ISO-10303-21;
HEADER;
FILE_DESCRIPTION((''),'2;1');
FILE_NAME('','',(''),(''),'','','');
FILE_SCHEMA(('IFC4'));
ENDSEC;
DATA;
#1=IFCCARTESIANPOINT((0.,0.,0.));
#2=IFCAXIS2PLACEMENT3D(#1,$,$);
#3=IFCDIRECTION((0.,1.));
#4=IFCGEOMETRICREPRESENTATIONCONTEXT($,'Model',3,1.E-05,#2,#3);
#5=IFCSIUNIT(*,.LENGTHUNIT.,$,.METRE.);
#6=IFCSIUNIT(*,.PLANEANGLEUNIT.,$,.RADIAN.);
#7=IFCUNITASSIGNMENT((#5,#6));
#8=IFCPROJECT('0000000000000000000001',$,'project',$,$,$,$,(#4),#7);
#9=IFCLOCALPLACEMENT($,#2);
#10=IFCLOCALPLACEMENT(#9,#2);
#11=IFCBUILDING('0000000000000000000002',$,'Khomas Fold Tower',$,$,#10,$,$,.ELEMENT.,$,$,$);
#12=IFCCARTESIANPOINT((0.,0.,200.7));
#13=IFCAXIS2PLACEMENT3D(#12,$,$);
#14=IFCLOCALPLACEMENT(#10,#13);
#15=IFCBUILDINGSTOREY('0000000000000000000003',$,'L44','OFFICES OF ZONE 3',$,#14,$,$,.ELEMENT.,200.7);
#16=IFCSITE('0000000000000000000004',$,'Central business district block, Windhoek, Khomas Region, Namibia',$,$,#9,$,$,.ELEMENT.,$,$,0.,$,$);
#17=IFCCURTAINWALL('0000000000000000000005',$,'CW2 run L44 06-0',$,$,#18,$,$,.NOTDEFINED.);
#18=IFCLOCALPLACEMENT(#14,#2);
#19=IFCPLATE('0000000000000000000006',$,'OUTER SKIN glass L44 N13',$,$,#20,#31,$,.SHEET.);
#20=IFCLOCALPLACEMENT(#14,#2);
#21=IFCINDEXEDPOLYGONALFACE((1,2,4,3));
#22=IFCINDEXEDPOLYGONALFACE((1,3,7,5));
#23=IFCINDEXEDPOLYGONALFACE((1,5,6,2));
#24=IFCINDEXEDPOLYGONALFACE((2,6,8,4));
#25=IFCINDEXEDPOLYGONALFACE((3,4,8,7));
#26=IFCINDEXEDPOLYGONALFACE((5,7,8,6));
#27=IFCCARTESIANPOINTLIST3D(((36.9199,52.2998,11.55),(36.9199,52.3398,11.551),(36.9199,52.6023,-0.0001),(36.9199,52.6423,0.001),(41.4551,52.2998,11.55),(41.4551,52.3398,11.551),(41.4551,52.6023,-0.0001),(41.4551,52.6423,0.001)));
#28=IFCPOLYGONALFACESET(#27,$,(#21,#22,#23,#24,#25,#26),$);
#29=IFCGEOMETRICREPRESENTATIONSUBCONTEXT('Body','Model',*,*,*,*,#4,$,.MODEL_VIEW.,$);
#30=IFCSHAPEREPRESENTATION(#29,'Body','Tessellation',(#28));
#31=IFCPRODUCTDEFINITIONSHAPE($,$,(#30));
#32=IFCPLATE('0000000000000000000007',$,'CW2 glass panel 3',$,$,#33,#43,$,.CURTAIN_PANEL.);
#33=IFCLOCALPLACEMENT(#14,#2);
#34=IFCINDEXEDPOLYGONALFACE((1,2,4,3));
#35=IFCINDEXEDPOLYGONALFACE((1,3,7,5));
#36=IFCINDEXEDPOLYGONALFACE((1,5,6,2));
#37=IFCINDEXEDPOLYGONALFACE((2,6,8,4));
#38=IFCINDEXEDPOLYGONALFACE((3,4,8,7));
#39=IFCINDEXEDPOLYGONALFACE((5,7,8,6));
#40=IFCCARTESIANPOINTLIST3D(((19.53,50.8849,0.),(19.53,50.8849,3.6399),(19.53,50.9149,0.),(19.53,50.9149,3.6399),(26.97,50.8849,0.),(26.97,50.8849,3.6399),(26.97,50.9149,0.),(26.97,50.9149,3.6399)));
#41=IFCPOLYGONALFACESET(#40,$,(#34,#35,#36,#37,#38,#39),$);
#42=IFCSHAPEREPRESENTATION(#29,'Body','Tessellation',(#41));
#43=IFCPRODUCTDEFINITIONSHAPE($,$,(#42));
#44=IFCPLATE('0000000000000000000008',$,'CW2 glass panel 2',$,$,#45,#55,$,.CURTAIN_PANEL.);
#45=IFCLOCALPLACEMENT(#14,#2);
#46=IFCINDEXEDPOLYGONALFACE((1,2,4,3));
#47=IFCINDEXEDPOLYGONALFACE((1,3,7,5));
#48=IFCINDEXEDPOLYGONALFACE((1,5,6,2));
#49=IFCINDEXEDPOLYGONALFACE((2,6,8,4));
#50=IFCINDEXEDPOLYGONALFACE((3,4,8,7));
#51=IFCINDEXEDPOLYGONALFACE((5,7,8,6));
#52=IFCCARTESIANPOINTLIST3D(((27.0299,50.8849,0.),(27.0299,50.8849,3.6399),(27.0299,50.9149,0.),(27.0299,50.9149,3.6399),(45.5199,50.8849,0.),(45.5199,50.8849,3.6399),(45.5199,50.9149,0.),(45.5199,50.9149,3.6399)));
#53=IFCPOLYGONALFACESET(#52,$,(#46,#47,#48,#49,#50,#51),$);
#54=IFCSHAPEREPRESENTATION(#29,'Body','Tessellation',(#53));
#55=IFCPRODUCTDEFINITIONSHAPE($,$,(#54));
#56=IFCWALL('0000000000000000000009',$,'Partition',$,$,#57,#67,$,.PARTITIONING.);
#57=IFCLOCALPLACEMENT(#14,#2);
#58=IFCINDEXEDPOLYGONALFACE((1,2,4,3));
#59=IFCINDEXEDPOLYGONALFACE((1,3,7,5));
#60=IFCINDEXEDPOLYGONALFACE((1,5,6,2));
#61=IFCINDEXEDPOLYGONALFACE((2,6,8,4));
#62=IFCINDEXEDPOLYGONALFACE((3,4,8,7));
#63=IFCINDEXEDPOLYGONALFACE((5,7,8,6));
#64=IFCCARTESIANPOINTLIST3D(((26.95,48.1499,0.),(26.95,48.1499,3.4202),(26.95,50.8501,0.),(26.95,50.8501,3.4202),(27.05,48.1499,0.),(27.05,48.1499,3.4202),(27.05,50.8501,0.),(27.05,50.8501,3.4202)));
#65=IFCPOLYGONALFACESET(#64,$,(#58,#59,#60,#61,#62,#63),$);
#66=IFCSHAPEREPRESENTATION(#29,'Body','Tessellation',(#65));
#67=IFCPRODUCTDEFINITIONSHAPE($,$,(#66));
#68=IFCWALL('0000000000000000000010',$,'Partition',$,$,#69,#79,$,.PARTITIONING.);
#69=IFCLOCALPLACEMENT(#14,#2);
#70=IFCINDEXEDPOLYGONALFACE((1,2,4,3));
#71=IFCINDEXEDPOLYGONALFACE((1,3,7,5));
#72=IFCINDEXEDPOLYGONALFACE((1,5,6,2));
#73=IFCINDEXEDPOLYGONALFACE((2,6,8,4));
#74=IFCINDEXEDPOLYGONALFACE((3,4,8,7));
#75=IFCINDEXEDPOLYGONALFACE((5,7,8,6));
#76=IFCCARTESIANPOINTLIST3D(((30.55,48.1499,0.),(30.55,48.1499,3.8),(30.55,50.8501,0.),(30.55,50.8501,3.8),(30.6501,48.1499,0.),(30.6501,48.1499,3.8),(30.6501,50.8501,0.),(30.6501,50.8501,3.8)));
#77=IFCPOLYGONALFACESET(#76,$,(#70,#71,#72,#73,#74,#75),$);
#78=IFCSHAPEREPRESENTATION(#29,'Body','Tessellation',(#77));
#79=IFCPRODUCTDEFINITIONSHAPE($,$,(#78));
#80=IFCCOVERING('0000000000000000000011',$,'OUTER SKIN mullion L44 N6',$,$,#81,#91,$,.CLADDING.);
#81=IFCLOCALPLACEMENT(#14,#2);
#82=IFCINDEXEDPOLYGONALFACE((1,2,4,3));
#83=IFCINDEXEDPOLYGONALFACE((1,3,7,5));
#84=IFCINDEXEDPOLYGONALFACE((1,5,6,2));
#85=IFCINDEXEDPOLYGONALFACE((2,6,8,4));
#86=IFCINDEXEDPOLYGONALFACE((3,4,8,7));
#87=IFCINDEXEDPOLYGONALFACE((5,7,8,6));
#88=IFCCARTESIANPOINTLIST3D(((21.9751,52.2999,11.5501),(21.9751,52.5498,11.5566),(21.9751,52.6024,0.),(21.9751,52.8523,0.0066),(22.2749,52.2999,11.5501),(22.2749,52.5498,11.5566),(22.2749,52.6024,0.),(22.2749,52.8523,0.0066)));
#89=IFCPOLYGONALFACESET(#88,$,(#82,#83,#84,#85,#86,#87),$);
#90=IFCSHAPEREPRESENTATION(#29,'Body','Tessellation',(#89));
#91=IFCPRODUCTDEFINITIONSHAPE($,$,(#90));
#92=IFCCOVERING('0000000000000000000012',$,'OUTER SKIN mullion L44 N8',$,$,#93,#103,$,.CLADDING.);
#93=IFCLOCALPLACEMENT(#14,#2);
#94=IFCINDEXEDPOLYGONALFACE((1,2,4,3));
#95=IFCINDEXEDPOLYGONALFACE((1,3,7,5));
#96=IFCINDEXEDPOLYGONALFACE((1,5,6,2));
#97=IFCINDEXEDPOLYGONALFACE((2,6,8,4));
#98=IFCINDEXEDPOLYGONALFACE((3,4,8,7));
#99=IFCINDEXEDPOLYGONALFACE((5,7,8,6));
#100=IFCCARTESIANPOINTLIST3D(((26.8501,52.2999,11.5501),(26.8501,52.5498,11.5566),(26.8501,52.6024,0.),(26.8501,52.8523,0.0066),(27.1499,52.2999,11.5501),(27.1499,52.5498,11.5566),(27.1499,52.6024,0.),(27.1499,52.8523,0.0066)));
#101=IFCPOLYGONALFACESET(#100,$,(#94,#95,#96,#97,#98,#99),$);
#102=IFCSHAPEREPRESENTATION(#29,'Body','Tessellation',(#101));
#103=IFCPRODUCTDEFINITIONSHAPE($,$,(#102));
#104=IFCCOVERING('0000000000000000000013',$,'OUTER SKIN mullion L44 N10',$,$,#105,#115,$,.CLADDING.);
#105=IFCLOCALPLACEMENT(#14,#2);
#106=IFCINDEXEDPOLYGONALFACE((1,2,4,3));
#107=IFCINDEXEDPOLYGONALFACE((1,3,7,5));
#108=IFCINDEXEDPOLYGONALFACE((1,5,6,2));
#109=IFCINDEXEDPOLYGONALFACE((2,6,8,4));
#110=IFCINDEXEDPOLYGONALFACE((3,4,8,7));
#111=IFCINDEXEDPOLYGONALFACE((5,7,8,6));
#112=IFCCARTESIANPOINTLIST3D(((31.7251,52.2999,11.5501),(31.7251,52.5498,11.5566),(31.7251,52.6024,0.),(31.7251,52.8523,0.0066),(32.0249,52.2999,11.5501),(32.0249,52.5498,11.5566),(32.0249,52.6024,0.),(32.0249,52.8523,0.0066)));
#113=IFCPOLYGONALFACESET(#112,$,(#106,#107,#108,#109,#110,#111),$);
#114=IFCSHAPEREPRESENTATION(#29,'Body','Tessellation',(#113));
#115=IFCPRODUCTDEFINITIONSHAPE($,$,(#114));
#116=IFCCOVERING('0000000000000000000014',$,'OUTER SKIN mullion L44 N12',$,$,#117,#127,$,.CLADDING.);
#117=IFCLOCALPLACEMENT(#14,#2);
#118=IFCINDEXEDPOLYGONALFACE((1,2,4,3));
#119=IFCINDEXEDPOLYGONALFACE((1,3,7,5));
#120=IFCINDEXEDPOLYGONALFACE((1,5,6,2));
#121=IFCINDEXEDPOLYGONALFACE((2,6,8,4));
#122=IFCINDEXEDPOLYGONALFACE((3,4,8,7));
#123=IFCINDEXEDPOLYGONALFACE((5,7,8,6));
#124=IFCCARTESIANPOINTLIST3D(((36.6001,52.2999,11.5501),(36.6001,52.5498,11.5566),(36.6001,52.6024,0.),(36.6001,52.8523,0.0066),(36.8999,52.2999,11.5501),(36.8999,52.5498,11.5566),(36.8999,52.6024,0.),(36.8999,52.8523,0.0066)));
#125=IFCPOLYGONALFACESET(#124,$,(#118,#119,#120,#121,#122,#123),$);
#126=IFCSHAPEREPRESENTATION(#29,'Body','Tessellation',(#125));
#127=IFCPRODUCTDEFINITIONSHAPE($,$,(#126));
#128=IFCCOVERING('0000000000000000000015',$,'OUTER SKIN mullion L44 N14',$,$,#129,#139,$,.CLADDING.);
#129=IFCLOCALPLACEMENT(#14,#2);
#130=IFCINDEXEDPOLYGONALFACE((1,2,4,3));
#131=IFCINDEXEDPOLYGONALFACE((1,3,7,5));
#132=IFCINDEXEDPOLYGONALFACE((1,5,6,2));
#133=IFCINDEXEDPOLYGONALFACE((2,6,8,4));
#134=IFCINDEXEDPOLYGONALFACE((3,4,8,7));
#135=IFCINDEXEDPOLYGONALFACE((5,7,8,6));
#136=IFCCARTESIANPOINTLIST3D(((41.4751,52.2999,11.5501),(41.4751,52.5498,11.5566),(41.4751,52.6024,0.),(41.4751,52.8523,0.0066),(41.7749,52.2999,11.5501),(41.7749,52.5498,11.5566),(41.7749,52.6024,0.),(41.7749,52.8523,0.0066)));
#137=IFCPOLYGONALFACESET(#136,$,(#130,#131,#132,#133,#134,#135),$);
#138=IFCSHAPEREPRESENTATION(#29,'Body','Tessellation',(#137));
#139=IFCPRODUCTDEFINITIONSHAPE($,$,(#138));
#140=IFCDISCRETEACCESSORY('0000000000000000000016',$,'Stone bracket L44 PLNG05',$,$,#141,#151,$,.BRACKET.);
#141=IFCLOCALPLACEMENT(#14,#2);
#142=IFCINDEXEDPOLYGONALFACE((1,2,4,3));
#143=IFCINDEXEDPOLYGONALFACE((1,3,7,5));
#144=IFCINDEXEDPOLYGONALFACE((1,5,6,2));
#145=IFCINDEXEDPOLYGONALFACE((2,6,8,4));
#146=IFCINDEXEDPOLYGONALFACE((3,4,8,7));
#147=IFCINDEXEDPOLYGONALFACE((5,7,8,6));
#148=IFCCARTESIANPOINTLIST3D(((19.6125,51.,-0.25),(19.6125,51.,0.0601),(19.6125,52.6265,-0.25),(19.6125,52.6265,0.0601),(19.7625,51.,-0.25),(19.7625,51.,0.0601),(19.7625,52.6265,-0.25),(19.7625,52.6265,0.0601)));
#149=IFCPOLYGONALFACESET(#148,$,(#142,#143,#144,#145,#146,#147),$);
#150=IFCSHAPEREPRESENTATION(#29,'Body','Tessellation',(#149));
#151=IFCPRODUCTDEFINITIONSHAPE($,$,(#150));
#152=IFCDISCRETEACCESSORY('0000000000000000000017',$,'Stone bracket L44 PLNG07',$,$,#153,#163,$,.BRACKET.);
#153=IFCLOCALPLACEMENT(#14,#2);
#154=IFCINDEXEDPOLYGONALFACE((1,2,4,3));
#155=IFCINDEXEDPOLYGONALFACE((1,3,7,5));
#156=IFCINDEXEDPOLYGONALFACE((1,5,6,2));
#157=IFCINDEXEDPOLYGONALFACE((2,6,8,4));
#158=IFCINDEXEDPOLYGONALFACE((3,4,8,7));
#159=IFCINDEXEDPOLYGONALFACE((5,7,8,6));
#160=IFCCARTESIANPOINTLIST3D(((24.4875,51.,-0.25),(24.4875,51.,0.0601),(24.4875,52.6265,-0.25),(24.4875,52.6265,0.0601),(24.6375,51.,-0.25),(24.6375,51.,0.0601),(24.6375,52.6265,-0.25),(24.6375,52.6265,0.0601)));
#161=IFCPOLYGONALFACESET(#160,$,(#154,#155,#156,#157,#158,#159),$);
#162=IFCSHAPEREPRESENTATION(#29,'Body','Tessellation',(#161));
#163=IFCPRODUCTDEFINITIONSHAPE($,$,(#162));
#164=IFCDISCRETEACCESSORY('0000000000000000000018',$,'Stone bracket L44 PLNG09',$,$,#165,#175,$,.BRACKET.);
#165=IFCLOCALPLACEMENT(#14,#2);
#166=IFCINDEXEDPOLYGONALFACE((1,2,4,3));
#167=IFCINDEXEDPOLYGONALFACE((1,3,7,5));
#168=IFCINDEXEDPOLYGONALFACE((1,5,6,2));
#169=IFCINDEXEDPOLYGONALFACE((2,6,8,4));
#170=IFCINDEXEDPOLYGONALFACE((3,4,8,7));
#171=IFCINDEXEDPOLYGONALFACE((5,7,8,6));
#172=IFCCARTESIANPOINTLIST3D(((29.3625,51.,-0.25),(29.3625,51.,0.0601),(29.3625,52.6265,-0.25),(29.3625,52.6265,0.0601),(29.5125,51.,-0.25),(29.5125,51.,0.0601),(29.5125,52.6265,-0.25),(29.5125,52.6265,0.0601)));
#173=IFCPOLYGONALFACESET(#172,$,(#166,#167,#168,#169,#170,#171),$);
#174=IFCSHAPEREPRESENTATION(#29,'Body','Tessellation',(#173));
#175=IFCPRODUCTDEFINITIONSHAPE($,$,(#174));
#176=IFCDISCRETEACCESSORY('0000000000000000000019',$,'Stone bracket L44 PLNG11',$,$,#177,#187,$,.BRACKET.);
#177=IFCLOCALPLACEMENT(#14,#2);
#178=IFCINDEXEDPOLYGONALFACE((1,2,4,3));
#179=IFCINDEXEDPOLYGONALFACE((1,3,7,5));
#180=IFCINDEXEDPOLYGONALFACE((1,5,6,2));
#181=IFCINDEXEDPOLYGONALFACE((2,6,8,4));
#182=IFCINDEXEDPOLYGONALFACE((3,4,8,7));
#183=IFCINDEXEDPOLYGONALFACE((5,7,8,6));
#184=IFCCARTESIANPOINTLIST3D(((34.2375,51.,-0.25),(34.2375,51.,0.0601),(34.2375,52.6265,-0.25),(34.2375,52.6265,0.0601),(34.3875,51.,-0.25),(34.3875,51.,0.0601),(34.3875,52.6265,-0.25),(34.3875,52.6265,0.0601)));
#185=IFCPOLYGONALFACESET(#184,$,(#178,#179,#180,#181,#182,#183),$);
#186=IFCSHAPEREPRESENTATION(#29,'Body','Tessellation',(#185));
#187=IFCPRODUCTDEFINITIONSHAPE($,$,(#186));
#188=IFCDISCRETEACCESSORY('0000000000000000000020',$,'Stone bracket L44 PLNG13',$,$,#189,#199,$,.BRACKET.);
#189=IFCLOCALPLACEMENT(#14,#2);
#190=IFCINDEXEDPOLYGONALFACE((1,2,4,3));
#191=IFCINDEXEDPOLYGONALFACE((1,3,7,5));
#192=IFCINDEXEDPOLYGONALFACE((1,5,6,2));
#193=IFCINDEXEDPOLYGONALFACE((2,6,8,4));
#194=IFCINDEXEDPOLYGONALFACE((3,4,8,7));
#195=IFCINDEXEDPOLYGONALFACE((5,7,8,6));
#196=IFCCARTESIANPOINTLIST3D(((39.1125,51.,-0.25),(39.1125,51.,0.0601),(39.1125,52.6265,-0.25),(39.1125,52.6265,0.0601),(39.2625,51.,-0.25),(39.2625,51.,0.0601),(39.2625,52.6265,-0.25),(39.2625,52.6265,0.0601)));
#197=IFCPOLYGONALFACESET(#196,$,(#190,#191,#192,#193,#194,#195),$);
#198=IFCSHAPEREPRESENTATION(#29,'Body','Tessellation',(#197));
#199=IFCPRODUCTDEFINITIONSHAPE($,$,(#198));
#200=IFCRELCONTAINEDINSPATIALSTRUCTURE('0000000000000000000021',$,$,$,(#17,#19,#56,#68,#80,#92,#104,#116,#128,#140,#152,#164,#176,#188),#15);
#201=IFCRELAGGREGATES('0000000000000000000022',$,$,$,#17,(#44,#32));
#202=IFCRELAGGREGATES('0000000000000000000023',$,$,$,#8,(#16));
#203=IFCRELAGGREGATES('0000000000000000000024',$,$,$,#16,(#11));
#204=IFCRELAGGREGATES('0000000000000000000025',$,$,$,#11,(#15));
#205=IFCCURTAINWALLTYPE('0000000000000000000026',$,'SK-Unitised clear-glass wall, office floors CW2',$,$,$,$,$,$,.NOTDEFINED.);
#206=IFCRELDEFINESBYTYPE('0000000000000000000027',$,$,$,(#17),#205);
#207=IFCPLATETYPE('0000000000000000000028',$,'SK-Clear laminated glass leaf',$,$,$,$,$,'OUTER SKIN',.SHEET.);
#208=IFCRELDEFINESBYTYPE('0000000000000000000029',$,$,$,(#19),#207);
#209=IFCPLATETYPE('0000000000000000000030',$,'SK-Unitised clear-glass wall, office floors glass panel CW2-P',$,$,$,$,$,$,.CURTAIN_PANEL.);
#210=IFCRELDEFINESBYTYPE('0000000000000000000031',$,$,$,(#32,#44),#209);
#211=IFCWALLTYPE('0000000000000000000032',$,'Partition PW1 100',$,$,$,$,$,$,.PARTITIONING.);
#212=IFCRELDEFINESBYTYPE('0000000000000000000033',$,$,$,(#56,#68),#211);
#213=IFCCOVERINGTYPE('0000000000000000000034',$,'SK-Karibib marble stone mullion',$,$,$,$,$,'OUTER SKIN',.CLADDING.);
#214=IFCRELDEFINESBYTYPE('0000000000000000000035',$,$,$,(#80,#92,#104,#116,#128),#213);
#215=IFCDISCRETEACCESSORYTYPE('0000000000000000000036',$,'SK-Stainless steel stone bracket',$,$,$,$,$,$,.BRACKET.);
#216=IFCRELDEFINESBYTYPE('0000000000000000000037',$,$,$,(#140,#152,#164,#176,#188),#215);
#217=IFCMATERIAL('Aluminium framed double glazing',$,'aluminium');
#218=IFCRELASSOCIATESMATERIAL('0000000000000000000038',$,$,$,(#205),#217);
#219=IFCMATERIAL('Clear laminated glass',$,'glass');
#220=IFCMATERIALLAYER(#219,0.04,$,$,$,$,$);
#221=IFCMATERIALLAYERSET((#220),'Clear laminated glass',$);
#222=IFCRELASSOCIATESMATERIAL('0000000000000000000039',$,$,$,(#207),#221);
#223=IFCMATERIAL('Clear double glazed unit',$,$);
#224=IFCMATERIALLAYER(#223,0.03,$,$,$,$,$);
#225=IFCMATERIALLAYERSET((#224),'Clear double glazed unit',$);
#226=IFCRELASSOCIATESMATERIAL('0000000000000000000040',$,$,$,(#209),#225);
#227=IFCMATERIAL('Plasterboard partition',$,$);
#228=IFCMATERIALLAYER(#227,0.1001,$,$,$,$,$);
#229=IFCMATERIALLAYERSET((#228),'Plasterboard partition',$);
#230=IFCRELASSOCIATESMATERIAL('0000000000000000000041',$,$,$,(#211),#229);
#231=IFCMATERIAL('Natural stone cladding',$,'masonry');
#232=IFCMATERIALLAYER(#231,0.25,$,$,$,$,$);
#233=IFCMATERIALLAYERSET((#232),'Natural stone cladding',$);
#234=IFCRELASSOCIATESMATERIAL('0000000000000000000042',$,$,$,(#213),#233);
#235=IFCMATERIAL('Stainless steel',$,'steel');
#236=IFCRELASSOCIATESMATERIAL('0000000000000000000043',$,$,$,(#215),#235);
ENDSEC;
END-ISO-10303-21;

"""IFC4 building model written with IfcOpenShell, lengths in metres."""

from ifc_helpers import new_model, si_unit, direction, frame, frame_2d, origin, origin_2d, place, context, subcontext, project, spatial, polyline, rectangle, outline, extrude, source, transform, mapped, material, layer, layer_set, type_object, element, aggregate, save


model = new_model("IFC4")

# Units and contexts
model_context = context("Model", 3, precision=1e-05, world=origin(), true_north=direction((0.0, 1.0)))
body_context = subcontext(model_context, "Body", "Model", "MODEL_VIEW")
ifc_project = project(units=[si_unit("LENGTHUNIT", "METRE"), si_unit("PLANEANGLEUNIT", "RADIAN")], contexts=[model_context])

# Site, building, storey
site_placement = place(None, origin())
site = spatial("IfcSite", under=ifc_project, at=site_placement, Name="Central business district block, Windhoek, Khomas Region, Namibia", CompositionType="ELEMENT", RefElevation=0.0)
building_placement = place(site_placement, origin())
building = spatial("IfcBuilding", under=site, at=building_placement, Name="Khomas Fold Tower", CompositionType="ELEMENT")
storey_placement = place(building_placement, frame((0.0, 0.0, 200.7)))
storey = spatial("IfcBuildingStorey", under=building, at=storey_placement, Name="L44", Description="OFFICES OF ZONE 3", CompositionType="ELEMENT", Elevation=200.7)

# Curtain wall
ifc_material_1 = material(Name="Aluminium framed double glazing", Category="aluminium")
curtain_wall_type = type_object("IfcCurtainWallType", Name="SK-Unitised clear-glass wall, office floors CW2", PredefinedType="NOTDEFINED", material=ifc_material_1)
curtain_wall_placement = place(storey_placement, origin())
curtain_wall = element("IfcCurtainWall", 1, at=curtain_wall_placement, inside=storey, type_object=curtain_wall_type, Name="CW2 run L44 06-0", PredefinedType="NOTDEFINED")

# Plate
ifc_material_2 = material(Name="Clear laminated glass", Category="glass")
ifc_layer_1 = layer(ifc_material_2, 0.04)
ifc_layer_set_1 = layer_set([ifc_layer_1], Name="Clear laminated glass")
plate_type_1 = type_object("IfcPlateType", Name="SK-Clear laminated glass leaf", ElementType="OUTER SKIN", PredefinedType="SHEET", material=ifc_layer_set_1)
for number, where, z_axis, x_axis, name in (
    (2, (36.9199, 52.6423, 0.001), (0.0, 0.999657, 0.026181), (1.0, 0.0, 0.0), "OUTER SKIN glass L44 N13"),
):
    element("IfcPlate", number, at=place(storey_placement, frame(where, z_axis=z_axis, x_axis=x_axis)), inside=storey, type_object=plate_type_1, Name=name, PredefinedType="SHEET", context=body_context, shape_type="SweptSolid", body=[
        extrude(outline(polyline([(0.0, 0.0), (4.5352, 0.0), (4.5352, -11.554), (0.0, -11.554), (0.0, 0.0)])), origin(), (0.0, 0.0, -1.0), 0.04),
    ])

# Plates
ifc_material_3 = material(Name="Clear double glazed unit")
ifc_layer_2 = layer(ifc_material_3, 0.03)
ifc_layer_set_2 = layer_set([ifc_layer_2], Name="Clear double glazed unit")
plate_type_2 = type_object("IfcPlateType", Name="SK-Unitised clear-glass wall, office floors glass panel CW2-P", PredefinedType="CURTAIN_PANEL", material=ifc_layer_set_2)
shared_shape_1 = source(origin(), body_context, "Body", "SweptSolid", [
    extrude(rectangle(XDim=7.4399, YDim=0.03, at=origin_2d()), origin(), (0.0, 0.0, 1.0), 3.6399),
])
plate_1_placement = place(storey_placement, frame((23.25, 50.8999, 0.0), z_axis=(0.0, 0.0, 1.0), x_axis=(-1.0, 0.0, 0.0)))
plate_1 = element("IfcPlate", 3, at=plate_1_placement, type_object=plate_type_2, Name="CW2 glass panel 3", PredefinedType="CURTAIN_PANEL", context=body_context, shape_type="MappedRepresentation", body=[
    mapped(shared_shape_1, transform((0.0, 0.0, 0.0))),
])
shared_shape_2 = source(origin(), body_context, "Body", "SweptSolid", [
    extrude(rectangle(XDim=18.49, YDim=0.03, at=origin_2d()), origin(), (0.0, 0.0, 1.0), 3.6399),
])
plate_2_placement = place(storey_placement, frame((36.2749, 50.8999, 0.0), z_axis=(0.0, 0.0, 1.0), x_axis=(-1.0, 0.0, 0.0)))
plate_2 = element("IfcPlate", 4, at=plate_2_placement, type_object=plate_type_2, Name="CW2 glass panel 2", PredefinedType="CURTAIN_PANEL", context=body_context, shape_type="MappedRepresentation", body=[
    mapped(shared_shape_2, transform((0.0, 0.0, 0.0))),
])
aggregate(curtain_wall, [plate_2, plate_1])

# Walls
ifc_material_4 = material(Name="Plasterboard partition")
ifc_layer_3 = layer(ifc_material_4, 0.1001)
ifc_layer_set_3 = layer_set([ifc_layer_3], Name="Plasterboard partition")
wall_type = type_object("IfcWallType", Name="Partition PW1 100", PredefinedType="PARTITIONING", material=ifc_layer_set_3)
shared_shape_3 = source(origin(), body_context, "Body", "SweptSolid", [
    extrude(rectangle(XDim=2.7002, YDim=0.1001, at=frame_2d((1.3501, 0.0))), origin(), (0.0, 0.0, 1.0), 3.4202),
])
wall_1_placement = place(storey_placement, frame((27.0, 48.1499, 0.0), z_axis=(0.0, 0.0, 1.0), x_axis=(0.0, 1.0, 0.0)))
element("IfcWall", 5, at=wall_1_placement, inside=storey, type_object=wall_type, Name="Partition", PredefinedType="PARTITIONING", context=body_context, shape_type="MappedRepresentation", body=[
    mapped(shared_shape_3, transform((0.0, 0.0, 0.0))),
])
shared_shape_4 = source(origin(), body_context, "Body", "SweptSolid", [
    extrude(rectangle(XDim=2.7002, YDim=0.1001, at=frame_2d((1.3501, 0.0))), origin(), (0.0, 0.0, 1.0), 3.8),
])
wall_2_placement = place(storey_placement, frame((30.6001, 48.1499, 0.0), z_axis=(0.0, 0.0, 1.0), x_axis=(0.0, 1.0, 0.0)))
element("IfcWall", 6, at=wall_2_placement, inside=storey, type_object=wall_type, Name="Partition", PredefinedType="PARTITIONING", context=body_context, shape_type="MappedRepresentation", body=[
    mapped(shared_shape_4, transform((0.0, 0.0, 0.0))),
])

# Coverings
ifc_material_5 = material(Name="Natural stone cladding", Category="masonry")
ifc_layer_4 = layer(ifc_material_5, 0.25)
ifc_layer_set_4 = layer_set([ifc_layer_4], Name="Natural stone cladding")
covering_type = type_object("IfcCoveringType", Name="SK-Karibib marble stone mullion", ElementType="OUTER SKIN", PredefinedType="CLADDING", material=ifc_layer_set_4)
for number, where, z_axis, x_axis, name in (
    (7, (21.9751, 52.8523, 0.0066), (0.0, 0.999657, 0.026181), (1.0, 0.0, 0.0), "OUTER SKIN mullion L44 N6"),
    (8, (26.8501, 52.8523, 0.0066), (0.0, 0.999657, 0.026181), (1.0, 0.0, 0.0), "OUTER SKIN mullion L44 N8"),
    (9, (31.7251, 52.8523, 0.0066), (0.0, 0.999657, 0.026181), (1.0, 0.0, 0.0), "OUTER SKIN mullion L44 N10"),
    (10, (36.6001, 52.8523, 0.0066), (0.0, 0.999657, 0.026181), (1.0, 0.0, 0.0), "OUTER SKIN mullion L44 N12"),
    (11, (41.4751, 52.8523, 0.0066), (0.0, 0.999657, 0.026181), (1.0, 0.0, 0.0), "OUTER SKIN mullion L44 N14"),
):
    element("IfcCovering", number, at=place(storey_placement, frame(where, z_axis=z_axis, x_axis=x_axis)), inside=storey, type_object=covering_type, Name=name, PredefinedType="CLADDING", context=body_context, shape_type="SweptSolid", body=[
        extrude(outline(polyline([(0.0, 0.0), (0.2998, 0.0), (0.2998, -11.554), (0.0, -11.554), (0.0, 0.0)])), origin(), (0.0, 0.0, -1.0), 0.25),
    ])

# Discrete accessories
ifc_material_6 = material(Name="Stainless steel", Category="steel")
discrete_accessory_type = type_object("IfcDiscreteAccessoryType", Name="SK-Stainless steel stone bracket", PredefinedType="BRACKET", material=ifc_material_6)
shared_shape_5 = source(origin(), body_context, "Body", "SweptSolid", [
    extrude(rectangle(XDim=1.6265, YDim=0.1499, at=origin_2d()), origin(), (0.0, 0.0, 1.0), 0.3101),
])
for number, where, z_axis, x_axis, name in (
    (12, (19.6875, 51.8132, -0.25), (0.0, 0.0, 1.0), (0.0, 1.0, 0.0), "Stone bracket L44 PLNG05"),
    (13, (24.5625, 51.8132, -0.25), (0.0, 0.0, 1.0), (0.0, 1.0, 0.0), "Stone bracket L44 PLNG07"),
    (14, (29.4375, 51.8132, -0.25), (0.0, 0.0, 1.0), (0.0, 1.0, 0.0), "Stone bracket L44 PLNG09"),
    (15, (34.3125, 51.8132, -0.25), (0.0, 0.0, 1.0), (0.0, 1.0, 0.0), "Stone bracket L44 PLNG11"),
    (16, (39.1875, 51.8132, -0.25), (0.0, 0.0, 1.0), (0.0, 1.0, 0.0), "Stone bracket L44 PLNG13"),
):
    element("IfcDiscreteAccessory", number, at=place(storey_placement, frame(where, z_axis=z_axis, x_axis=x_axis)), inside=storey, type_object=discrete_accessory_type, Name=name, PredefinedType="BRACKET", context=body_context, shape_type="MappedRepresentation", body=[
        mapped(shared_shape_5, transform((0.0, 0.0, 0.0))),
    ])

save(model, "model.ifc")
